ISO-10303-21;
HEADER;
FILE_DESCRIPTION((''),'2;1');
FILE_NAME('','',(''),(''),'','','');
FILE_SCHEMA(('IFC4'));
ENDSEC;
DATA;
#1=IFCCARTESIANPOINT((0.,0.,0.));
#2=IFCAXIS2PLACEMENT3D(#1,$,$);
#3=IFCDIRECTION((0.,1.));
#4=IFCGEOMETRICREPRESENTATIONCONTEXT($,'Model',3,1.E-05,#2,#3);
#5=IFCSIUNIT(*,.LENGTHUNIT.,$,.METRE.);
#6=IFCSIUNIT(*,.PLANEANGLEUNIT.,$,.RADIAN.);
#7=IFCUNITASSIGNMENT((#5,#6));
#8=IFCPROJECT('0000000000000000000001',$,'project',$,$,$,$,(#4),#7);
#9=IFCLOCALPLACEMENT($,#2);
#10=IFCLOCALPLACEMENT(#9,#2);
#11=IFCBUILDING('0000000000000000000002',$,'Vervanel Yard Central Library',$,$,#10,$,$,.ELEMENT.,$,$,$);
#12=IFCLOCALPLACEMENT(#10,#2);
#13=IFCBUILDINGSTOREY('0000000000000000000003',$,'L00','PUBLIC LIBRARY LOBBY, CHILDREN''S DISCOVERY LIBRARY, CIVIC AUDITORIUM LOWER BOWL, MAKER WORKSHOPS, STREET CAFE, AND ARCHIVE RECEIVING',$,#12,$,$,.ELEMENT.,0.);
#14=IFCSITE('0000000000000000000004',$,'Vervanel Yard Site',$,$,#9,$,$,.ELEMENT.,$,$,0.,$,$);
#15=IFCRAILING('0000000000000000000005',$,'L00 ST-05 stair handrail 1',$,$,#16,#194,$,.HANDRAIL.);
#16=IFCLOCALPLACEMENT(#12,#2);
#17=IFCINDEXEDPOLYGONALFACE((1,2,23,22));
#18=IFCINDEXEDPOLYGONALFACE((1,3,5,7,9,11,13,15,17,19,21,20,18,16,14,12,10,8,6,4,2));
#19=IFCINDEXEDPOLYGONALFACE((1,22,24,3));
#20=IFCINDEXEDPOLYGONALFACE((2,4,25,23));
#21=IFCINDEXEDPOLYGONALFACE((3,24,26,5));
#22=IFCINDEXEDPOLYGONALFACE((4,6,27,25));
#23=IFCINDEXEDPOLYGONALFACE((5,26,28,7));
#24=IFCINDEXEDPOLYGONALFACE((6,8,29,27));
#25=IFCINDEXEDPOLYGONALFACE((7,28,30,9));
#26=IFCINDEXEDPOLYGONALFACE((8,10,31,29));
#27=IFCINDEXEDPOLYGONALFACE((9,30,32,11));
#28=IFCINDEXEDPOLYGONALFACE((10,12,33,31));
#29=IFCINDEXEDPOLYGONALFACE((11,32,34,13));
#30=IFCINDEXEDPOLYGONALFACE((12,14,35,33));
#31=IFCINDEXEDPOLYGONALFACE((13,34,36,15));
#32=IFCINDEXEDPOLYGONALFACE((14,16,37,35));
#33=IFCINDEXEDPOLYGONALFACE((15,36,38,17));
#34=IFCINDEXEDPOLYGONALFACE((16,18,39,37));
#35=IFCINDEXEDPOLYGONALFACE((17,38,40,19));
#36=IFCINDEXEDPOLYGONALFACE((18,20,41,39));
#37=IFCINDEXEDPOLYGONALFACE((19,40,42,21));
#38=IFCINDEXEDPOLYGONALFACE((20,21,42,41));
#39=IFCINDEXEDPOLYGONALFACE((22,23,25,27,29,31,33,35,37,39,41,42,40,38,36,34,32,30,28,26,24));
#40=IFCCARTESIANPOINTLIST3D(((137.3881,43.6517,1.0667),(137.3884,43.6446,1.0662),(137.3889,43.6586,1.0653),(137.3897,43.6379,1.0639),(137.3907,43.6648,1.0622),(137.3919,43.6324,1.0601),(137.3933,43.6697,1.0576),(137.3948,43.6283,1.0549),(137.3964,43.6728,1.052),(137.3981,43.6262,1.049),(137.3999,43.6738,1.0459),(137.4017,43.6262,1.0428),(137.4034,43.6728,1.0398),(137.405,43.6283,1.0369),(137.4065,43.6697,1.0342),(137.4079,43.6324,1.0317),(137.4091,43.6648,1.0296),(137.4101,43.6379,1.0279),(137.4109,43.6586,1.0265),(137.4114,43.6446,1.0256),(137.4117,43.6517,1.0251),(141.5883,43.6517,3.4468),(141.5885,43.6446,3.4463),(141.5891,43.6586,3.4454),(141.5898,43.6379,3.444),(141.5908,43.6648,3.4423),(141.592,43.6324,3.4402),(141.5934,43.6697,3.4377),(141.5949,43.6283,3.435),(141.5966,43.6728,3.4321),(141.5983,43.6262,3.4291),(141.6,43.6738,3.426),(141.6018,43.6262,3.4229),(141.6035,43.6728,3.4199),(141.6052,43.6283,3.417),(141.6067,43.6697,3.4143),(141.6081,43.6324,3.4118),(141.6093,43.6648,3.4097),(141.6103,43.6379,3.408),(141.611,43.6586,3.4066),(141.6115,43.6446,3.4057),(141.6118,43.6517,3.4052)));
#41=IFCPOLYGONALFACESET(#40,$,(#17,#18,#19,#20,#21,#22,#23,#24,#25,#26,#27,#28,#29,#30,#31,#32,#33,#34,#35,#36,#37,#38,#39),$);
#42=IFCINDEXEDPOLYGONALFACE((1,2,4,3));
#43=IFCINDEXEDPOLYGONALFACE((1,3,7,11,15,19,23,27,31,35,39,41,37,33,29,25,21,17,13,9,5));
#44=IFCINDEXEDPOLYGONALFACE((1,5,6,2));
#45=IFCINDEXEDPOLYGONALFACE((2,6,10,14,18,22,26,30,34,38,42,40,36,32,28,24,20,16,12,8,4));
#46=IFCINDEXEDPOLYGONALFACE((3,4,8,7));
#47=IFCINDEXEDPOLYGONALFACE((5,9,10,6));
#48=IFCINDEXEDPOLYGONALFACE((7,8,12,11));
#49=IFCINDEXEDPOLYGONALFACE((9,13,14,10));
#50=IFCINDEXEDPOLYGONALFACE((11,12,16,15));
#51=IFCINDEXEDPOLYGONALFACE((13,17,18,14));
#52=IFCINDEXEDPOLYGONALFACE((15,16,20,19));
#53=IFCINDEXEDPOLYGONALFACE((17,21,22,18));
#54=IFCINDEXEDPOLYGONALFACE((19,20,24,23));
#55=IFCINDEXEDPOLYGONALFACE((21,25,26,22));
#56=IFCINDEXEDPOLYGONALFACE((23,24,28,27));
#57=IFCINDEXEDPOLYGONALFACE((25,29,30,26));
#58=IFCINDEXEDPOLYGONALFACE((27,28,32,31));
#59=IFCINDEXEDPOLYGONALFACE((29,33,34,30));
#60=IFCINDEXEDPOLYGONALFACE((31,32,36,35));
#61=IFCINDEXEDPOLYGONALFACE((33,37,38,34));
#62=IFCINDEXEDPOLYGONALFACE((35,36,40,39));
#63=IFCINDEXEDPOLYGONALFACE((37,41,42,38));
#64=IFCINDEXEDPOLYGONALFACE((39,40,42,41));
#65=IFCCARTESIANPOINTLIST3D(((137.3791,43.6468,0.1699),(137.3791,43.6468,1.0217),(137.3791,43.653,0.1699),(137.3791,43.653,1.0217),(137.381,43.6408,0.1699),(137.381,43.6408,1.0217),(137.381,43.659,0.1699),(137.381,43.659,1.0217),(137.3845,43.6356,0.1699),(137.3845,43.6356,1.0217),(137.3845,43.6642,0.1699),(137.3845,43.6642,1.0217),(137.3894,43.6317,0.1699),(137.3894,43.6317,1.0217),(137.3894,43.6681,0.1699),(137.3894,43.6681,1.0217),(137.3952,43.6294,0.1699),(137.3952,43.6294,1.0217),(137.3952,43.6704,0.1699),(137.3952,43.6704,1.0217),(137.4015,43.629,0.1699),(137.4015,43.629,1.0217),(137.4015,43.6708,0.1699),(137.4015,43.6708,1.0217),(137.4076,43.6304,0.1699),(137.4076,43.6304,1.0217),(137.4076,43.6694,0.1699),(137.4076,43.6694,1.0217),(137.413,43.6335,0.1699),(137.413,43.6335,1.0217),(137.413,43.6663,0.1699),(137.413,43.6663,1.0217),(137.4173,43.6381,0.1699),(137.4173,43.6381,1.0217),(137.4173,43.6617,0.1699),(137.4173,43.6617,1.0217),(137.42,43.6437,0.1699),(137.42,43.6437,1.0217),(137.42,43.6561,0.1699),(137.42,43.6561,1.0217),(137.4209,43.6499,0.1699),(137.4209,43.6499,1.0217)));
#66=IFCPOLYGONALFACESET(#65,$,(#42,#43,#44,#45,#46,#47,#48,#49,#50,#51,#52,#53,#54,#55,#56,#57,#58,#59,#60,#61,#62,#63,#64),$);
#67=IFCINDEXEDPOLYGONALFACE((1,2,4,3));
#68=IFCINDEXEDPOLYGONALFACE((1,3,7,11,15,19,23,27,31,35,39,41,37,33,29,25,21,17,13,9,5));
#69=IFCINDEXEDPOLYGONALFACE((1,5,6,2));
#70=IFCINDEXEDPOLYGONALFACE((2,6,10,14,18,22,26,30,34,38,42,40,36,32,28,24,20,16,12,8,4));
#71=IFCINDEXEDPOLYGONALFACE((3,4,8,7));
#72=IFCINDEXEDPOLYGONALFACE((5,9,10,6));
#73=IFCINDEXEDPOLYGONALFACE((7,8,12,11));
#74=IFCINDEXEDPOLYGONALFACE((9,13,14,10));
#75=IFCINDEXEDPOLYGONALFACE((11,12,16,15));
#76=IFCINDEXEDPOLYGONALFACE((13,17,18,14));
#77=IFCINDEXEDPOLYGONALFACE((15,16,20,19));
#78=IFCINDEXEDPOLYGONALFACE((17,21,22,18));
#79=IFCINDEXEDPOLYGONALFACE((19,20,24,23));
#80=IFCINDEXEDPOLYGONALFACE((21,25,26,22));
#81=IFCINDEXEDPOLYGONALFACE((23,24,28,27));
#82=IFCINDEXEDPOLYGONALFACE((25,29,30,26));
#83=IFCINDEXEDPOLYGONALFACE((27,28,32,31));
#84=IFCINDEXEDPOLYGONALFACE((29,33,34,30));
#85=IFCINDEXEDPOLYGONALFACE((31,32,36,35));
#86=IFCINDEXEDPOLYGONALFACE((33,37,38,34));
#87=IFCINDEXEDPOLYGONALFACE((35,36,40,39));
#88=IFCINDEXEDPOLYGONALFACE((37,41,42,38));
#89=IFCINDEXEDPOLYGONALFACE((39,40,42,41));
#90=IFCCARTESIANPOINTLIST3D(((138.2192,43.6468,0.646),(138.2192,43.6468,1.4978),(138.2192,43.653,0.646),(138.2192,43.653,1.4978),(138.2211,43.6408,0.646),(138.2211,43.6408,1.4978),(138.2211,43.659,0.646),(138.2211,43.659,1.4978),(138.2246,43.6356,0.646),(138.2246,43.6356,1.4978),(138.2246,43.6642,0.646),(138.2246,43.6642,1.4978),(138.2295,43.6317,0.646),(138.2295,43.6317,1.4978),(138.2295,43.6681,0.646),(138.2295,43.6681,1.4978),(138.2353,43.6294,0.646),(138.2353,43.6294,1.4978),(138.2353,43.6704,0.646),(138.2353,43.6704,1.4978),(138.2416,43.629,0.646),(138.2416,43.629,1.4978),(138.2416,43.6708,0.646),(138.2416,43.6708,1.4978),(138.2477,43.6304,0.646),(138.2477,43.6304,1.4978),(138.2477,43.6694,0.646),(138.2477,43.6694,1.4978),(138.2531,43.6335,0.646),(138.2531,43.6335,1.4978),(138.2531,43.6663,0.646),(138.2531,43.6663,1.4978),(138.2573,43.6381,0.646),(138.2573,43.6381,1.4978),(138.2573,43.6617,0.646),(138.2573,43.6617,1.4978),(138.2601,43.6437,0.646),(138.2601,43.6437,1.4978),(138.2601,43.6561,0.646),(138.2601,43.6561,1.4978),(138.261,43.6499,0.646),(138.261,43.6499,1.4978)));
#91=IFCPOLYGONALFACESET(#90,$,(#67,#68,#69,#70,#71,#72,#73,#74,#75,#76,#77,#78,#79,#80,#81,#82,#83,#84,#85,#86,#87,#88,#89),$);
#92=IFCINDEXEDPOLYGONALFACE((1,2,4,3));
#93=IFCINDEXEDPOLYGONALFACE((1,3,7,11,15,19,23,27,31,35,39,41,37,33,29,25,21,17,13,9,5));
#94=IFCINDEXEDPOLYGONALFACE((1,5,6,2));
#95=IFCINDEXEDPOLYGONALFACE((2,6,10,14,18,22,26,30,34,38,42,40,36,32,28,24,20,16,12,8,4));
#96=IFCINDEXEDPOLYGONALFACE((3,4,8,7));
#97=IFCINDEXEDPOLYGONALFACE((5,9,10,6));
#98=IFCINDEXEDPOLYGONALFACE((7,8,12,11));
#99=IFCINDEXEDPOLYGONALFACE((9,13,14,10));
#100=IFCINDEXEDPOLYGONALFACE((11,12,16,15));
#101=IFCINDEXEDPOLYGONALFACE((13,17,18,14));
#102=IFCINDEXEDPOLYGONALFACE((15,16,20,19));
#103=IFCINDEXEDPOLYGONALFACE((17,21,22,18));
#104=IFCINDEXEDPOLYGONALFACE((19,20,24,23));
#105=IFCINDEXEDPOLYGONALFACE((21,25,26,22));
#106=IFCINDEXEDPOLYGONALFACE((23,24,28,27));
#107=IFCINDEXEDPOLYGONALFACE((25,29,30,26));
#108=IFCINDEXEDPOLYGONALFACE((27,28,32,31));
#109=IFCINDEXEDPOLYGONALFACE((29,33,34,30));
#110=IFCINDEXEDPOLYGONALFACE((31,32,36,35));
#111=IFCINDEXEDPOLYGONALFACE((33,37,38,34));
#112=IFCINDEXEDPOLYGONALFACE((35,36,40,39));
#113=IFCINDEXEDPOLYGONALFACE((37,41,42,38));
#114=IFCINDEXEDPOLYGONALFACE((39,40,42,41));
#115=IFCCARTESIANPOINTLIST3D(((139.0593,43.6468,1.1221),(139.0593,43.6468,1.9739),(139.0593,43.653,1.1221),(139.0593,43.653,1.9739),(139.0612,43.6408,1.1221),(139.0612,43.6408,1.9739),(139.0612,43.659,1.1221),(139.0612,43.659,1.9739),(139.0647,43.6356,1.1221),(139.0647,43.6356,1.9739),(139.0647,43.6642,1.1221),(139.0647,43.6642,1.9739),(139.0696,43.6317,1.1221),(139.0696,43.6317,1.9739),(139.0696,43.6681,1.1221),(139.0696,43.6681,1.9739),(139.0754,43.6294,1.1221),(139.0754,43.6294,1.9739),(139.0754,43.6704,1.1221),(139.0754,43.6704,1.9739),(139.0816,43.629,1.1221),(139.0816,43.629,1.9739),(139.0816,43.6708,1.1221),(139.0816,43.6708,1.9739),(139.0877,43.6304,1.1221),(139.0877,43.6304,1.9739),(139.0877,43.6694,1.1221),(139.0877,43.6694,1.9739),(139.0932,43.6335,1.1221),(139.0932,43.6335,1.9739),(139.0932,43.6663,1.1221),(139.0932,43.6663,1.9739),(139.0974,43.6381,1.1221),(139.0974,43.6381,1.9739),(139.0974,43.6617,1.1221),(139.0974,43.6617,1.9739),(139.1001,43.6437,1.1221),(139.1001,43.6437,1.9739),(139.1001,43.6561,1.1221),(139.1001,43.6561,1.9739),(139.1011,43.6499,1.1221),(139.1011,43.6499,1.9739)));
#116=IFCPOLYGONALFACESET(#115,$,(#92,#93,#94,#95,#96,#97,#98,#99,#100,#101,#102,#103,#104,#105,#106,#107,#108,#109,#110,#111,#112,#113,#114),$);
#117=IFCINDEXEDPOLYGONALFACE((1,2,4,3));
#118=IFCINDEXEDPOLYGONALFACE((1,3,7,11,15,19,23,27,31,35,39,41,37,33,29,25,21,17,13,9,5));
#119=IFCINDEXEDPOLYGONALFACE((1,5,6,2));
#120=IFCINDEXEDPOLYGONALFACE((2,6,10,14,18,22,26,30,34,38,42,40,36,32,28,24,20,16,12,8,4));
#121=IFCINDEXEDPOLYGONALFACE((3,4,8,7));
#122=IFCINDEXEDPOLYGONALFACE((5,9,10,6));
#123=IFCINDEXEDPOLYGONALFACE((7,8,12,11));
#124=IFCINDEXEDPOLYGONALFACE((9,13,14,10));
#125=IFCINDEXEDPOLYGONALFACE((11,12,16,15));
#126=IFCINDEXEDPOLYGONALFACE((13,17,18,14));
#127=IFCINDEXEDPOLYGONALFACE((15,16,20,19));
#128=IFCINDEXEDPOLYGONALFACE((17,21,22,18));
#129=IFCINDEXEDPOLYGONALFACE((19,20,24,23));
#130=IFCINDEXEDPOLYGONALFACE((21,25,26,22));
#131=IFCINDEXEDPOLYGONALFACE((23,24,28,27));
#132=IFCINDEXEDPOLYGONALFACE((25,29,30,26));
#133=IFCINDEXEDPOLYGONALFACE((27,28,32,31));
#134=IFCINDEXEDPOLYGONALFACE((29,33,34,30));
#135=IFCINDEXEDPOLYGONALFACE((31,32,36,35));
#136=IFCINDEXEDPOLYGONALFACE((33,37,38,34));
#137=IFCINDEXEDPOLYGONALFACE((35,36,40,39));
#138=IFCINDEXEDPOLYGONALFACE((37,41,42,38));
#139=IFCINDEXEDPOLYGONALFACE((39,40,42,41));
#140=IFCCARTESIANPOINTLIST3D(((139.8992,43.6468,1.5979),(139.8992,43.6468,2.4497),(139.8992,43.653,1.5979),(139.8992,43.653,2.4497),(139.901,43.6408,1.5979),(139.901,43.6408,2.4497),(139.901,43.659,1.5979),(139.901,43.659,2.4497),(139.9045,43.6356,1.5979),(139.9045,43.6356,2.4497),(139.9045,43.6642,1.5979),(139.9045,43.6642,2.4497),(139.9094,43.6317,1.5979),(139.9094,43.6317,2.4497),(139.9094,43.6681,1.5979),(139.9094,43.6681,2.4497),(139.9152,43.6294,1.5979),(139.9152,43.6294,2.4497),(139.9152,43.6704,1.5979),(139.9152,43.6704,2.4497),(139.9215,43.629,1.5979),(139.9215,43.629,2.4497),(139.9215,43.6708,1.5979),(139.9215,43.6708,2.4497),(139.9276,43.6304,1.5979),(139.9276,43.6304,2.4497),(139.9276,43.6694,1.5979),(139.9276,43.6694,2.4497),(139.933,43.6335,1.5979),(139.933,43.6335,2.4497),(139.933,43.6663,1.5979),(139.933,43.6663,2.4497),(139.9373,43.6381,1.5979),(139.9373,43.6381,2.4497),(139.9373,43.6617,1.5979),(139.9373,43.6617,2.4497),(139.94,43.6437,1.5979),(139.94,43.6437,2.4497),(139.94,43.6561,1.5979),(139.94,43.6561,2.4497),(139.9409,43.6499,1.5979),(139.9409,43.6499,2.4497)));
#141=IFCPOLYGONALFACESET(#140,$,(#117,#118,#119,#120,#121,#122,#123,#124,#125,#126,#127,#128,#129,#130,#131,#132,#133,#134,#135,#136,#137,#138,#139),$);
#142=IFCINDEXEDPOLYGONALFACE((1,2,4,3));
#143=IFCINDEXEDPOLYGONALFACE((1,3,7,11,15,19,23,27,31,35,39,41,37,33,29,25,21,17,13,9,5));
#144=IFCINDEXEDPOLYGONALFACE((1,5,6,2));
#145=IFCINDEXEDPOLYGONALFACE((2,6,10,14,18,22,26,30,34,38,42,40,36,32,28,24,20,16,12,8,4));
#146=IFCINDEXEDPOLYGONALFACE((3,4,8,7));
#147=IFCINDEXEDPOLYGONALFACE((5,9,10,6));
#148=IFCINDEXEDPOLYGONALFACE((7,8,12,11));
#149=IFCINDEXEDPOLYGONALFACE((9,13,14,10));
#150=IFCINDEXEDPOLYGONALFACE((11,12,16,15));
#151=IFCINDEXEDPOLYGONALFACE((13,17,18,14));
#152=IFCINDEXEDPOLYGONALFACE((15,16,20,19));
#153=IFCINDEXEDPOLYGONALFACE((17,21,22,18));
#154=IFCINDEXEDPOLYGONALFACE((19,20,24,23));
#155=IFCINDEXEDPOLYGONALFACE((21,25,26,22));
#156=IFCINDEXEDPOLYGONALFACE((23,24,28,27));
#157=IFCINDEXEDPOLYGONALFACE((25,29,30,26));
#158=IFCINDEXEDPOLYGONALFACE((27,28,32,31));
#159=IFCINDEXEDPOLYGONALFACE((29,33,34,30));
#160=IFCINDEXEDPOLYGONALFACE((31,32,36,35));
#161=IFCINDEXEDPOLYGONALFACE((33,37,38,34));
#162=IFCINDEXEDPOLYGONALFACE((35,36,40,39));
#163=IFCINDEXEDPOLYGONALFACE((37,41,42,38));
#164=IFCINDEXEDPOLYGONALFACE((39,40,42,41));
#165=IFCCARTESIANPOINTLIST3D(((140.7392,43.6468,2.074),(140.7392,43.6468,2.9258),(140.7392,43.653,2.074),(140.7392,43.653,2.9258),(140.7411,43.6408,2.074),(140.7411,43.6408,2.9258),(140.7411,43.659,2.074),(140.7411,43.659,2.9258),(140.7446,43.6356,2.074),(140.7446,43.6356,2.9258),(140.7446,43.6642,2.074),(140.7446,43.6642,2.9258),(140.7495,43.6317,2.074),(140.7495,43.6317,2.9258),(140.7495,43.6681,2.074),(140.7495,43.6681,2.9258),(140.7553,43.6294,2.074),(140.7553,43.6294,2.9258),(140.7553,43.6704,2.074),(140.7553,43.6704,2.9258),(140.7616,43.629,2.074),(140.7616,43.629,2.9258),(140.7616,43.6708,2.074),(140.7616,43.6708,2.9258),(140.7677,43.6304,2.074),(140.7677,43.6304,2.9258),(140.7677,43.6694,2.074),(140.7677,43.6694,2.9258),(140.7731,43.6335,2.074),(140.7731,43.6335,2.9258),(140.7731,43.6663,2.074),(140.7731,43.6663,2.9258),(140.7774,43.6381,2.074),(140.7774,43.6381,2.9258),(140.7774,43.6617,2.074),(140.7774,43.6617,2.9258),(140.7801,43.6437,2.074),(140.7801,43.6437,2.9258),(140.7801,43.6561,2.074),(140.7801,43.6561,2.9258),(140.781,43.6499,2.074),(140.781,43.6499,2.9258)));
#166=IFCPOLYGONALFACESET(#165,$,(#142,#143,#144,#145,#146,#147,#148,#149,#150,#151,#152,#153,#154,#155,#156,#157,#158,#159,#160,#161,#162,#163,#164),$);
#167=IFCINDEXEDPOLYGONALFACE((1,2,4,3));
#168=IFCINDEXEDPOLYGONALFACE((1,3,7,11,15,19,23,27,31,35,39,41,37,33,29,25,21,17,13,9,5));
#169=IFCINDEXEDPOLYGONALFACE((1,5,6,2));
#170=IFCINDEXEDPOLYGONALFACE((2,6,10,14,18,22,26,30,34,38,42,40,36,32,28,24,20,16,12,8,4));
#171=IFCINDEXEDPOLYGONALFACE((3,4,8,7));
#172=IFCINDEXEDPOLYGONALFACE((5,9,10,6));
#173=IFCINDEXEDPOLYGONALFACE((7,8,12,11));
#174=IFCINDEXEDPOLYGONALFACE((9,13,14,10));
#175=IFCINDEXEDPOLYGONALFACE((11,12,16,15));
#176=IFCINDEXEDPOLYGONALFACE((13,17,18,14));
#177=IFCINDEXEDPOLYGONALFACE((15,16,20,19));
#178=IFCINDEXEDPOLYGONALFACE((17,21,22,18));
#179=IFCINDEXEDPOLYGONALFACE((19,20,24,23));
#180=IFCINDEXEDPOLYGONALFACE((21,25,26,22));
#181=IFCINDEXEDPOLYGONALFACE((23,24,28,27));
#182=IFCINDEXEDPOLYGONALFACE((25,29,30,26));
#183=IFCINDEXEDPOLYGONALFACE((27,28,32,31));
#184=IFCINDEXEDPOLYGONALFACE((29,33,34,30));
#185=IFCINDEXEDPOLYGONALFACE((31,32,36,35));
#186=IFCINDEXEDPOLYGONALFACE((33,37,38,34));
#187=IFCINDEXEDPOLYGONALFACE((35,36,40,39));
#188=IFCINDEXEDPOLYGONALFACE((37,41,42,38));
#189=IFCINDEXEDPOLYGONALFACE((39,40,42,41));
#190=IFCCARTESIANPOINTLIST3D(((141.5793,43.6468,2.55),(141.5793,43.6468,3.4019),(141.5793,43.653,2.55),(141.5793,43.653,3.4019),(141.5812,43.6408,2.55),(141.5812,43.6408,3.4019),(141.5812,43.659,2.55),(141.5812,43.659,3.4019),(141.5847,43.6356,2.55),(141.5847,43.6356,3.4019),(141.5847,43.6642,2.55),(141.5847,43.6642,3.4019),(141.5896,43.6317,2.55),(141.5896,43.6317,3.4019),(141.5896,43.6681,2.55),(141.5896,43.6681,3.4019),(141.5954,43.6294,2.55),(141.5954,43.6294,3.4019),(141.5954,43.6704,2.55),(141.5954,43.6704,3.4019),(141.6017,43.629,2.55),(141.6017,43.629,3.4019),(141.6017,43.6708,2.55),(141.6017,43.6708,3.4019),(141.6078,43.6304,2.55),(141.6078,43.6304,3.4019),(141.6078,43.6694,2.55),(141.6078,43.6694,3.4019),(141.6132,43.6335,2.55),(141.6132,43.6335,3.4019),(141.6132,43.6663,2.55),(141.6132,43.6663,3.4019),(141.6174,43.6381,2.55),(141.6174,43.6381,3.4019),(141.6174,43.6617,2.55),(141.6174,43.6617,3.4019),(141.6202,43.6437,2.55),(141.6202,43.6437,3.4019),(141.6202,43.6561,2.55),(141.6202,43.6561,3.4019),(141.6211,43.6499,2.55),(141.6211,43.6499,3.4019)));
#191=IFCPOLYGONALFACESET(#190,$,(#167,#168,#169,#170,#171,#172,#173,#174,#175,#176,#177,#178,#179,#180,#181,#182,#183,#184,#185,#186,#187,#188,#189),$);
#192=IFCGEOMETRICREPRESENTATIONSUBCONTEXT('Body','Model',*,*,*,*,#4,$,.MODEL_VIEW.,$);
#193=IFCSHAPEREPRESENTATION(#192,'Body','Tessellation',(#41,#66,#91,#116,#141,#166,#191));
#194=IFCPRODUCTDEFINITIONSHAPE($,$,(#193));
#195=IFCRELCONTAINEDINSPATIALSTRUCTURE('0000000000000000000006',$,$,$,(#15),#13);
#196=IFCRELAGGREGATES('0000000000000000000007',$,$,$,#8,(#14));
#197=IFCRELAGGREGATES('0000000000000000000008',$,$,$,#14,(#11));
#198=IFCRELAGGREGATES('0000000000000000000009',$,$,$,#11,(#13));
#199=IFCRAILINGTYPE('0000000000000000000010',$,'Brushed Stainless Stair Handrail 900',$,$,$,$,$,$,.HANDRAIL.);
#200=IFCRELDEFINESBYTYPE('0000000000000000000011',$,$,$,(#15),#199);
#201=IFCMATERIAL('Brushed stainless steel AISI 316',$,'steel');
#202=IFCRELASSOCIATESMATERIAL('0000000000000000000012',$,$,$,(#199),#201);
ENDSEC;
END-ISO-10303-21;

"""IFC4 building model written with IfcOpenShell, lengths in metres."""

from ifc_helpers import new_model, si_unit, direction, frame, origin, origin_2d, place, context, subcontext, project, spatial, circle, extrude, material, type_object, element, save


model = new_model("IFC4")

# Units and contexts
model_context = context("Model", 3, precision=1e-05, world=origin(), true_north=direction((0.0, 1.0)))
body_context = subcontext(model_context, "Body", "Model", "MODEL_VIEW")
ifc_project = project(units=[si_unit("LENGTHUNIT", "METRE"), si_unit("PLANEANGLEUNIT", "RADIAN")], contexts=[model_context])

# Site, building, storey
site_placement = place(None, origin())
site = spatial("IfcSite", under=ifc_project, at=site_placement, Name="Vervanel Yard Site", CompositionType="ELEMENT", RefElevation=0.0)
building_placement = place(site_placement, origin())
building = spatial("IfcBuilding", under=site, at=building_placement, Name="Vervanel Yard Central Library", CompositionType="ELEMENT")
storey_placement = place(building_placement, origin())
storey = spatial("IfcBuildingStorey", under=building, at=storey_placement, Name="L00", Description="PUBLIC LIBRARY LOBBY, CHILDREN'S DISCOVERY LIBRARY, CIVIC AUDITORIUM LOWER BOWL, MAKER WORKSHOPS, STREET CAFE, AND ARCHIVE RECEIVING", CompositionType="ELEMENT", Elevation=0.0)

# Railing
ifc_material_1 = material(Name="Brushed stainless steel AISI 316", Category="steel")
railing_type_1 = type_object("IfcRailingType", Name="Brushed Stainless Stair Handrail 900", PredefinedType="HANDRAIL", material=ifc_material_1)
railing_1_placement = place(storey_placement, frame((137.3999, 43.6499, 0.1699)))
element("IfcRailing", 1, at=railing_1_placement, inside=storey, type_object=railing_type_1, Name="L00 ST-05 stair handrail 1", PredefinedType="HANDRAIL", context=body_context, shape_type="SweptSolid", body=[
    extrude(circle(Radius=0.0239, at=origin_2d()), frame((0.0, 0.0, 0.876), z_axis=(0.870021, 0.0, 0.493015), x_axis=(0.0, 1.0, 0.0)), (0.0, 0.0, 1.0), 4.8276),
    extrude(circle(Radius=0.021, at=origin_2d()), origin(), (0.0, 0.0, 1.0), 0.8518),
    extrude(circle(Radius=0.021, at=origin_2d()), frame((0.8401, 0.0, 0.4761)), (0.0, 0.0, 1.0), 0.8518),
    extrude(circle(Radius=0.021, at=origin_2d()), frame((1.6802, 0.0, 0.9521)), (0.0, 0.0, 1.0), 0.8518),
    extrude(circle(Radius=0.021, at=origin_2d()), frame((2.52, 0.0, 1.428)), (0.0, 0.0, 1.0), 0.8518),
    extrude(circle(Radius=0.021, at=origin_2d()), frame((3.3601, 0.0, 1.9041)), (0.0, 0.0, 1.0), 0.8518),
    extrude(circle(Radius=0.021, at=origin_2d()), frame((4.2002, 0.0, 2.3801)), (0.0, 0.0, 1.0), 0.8518),
])

save(model, "model.ifc")
